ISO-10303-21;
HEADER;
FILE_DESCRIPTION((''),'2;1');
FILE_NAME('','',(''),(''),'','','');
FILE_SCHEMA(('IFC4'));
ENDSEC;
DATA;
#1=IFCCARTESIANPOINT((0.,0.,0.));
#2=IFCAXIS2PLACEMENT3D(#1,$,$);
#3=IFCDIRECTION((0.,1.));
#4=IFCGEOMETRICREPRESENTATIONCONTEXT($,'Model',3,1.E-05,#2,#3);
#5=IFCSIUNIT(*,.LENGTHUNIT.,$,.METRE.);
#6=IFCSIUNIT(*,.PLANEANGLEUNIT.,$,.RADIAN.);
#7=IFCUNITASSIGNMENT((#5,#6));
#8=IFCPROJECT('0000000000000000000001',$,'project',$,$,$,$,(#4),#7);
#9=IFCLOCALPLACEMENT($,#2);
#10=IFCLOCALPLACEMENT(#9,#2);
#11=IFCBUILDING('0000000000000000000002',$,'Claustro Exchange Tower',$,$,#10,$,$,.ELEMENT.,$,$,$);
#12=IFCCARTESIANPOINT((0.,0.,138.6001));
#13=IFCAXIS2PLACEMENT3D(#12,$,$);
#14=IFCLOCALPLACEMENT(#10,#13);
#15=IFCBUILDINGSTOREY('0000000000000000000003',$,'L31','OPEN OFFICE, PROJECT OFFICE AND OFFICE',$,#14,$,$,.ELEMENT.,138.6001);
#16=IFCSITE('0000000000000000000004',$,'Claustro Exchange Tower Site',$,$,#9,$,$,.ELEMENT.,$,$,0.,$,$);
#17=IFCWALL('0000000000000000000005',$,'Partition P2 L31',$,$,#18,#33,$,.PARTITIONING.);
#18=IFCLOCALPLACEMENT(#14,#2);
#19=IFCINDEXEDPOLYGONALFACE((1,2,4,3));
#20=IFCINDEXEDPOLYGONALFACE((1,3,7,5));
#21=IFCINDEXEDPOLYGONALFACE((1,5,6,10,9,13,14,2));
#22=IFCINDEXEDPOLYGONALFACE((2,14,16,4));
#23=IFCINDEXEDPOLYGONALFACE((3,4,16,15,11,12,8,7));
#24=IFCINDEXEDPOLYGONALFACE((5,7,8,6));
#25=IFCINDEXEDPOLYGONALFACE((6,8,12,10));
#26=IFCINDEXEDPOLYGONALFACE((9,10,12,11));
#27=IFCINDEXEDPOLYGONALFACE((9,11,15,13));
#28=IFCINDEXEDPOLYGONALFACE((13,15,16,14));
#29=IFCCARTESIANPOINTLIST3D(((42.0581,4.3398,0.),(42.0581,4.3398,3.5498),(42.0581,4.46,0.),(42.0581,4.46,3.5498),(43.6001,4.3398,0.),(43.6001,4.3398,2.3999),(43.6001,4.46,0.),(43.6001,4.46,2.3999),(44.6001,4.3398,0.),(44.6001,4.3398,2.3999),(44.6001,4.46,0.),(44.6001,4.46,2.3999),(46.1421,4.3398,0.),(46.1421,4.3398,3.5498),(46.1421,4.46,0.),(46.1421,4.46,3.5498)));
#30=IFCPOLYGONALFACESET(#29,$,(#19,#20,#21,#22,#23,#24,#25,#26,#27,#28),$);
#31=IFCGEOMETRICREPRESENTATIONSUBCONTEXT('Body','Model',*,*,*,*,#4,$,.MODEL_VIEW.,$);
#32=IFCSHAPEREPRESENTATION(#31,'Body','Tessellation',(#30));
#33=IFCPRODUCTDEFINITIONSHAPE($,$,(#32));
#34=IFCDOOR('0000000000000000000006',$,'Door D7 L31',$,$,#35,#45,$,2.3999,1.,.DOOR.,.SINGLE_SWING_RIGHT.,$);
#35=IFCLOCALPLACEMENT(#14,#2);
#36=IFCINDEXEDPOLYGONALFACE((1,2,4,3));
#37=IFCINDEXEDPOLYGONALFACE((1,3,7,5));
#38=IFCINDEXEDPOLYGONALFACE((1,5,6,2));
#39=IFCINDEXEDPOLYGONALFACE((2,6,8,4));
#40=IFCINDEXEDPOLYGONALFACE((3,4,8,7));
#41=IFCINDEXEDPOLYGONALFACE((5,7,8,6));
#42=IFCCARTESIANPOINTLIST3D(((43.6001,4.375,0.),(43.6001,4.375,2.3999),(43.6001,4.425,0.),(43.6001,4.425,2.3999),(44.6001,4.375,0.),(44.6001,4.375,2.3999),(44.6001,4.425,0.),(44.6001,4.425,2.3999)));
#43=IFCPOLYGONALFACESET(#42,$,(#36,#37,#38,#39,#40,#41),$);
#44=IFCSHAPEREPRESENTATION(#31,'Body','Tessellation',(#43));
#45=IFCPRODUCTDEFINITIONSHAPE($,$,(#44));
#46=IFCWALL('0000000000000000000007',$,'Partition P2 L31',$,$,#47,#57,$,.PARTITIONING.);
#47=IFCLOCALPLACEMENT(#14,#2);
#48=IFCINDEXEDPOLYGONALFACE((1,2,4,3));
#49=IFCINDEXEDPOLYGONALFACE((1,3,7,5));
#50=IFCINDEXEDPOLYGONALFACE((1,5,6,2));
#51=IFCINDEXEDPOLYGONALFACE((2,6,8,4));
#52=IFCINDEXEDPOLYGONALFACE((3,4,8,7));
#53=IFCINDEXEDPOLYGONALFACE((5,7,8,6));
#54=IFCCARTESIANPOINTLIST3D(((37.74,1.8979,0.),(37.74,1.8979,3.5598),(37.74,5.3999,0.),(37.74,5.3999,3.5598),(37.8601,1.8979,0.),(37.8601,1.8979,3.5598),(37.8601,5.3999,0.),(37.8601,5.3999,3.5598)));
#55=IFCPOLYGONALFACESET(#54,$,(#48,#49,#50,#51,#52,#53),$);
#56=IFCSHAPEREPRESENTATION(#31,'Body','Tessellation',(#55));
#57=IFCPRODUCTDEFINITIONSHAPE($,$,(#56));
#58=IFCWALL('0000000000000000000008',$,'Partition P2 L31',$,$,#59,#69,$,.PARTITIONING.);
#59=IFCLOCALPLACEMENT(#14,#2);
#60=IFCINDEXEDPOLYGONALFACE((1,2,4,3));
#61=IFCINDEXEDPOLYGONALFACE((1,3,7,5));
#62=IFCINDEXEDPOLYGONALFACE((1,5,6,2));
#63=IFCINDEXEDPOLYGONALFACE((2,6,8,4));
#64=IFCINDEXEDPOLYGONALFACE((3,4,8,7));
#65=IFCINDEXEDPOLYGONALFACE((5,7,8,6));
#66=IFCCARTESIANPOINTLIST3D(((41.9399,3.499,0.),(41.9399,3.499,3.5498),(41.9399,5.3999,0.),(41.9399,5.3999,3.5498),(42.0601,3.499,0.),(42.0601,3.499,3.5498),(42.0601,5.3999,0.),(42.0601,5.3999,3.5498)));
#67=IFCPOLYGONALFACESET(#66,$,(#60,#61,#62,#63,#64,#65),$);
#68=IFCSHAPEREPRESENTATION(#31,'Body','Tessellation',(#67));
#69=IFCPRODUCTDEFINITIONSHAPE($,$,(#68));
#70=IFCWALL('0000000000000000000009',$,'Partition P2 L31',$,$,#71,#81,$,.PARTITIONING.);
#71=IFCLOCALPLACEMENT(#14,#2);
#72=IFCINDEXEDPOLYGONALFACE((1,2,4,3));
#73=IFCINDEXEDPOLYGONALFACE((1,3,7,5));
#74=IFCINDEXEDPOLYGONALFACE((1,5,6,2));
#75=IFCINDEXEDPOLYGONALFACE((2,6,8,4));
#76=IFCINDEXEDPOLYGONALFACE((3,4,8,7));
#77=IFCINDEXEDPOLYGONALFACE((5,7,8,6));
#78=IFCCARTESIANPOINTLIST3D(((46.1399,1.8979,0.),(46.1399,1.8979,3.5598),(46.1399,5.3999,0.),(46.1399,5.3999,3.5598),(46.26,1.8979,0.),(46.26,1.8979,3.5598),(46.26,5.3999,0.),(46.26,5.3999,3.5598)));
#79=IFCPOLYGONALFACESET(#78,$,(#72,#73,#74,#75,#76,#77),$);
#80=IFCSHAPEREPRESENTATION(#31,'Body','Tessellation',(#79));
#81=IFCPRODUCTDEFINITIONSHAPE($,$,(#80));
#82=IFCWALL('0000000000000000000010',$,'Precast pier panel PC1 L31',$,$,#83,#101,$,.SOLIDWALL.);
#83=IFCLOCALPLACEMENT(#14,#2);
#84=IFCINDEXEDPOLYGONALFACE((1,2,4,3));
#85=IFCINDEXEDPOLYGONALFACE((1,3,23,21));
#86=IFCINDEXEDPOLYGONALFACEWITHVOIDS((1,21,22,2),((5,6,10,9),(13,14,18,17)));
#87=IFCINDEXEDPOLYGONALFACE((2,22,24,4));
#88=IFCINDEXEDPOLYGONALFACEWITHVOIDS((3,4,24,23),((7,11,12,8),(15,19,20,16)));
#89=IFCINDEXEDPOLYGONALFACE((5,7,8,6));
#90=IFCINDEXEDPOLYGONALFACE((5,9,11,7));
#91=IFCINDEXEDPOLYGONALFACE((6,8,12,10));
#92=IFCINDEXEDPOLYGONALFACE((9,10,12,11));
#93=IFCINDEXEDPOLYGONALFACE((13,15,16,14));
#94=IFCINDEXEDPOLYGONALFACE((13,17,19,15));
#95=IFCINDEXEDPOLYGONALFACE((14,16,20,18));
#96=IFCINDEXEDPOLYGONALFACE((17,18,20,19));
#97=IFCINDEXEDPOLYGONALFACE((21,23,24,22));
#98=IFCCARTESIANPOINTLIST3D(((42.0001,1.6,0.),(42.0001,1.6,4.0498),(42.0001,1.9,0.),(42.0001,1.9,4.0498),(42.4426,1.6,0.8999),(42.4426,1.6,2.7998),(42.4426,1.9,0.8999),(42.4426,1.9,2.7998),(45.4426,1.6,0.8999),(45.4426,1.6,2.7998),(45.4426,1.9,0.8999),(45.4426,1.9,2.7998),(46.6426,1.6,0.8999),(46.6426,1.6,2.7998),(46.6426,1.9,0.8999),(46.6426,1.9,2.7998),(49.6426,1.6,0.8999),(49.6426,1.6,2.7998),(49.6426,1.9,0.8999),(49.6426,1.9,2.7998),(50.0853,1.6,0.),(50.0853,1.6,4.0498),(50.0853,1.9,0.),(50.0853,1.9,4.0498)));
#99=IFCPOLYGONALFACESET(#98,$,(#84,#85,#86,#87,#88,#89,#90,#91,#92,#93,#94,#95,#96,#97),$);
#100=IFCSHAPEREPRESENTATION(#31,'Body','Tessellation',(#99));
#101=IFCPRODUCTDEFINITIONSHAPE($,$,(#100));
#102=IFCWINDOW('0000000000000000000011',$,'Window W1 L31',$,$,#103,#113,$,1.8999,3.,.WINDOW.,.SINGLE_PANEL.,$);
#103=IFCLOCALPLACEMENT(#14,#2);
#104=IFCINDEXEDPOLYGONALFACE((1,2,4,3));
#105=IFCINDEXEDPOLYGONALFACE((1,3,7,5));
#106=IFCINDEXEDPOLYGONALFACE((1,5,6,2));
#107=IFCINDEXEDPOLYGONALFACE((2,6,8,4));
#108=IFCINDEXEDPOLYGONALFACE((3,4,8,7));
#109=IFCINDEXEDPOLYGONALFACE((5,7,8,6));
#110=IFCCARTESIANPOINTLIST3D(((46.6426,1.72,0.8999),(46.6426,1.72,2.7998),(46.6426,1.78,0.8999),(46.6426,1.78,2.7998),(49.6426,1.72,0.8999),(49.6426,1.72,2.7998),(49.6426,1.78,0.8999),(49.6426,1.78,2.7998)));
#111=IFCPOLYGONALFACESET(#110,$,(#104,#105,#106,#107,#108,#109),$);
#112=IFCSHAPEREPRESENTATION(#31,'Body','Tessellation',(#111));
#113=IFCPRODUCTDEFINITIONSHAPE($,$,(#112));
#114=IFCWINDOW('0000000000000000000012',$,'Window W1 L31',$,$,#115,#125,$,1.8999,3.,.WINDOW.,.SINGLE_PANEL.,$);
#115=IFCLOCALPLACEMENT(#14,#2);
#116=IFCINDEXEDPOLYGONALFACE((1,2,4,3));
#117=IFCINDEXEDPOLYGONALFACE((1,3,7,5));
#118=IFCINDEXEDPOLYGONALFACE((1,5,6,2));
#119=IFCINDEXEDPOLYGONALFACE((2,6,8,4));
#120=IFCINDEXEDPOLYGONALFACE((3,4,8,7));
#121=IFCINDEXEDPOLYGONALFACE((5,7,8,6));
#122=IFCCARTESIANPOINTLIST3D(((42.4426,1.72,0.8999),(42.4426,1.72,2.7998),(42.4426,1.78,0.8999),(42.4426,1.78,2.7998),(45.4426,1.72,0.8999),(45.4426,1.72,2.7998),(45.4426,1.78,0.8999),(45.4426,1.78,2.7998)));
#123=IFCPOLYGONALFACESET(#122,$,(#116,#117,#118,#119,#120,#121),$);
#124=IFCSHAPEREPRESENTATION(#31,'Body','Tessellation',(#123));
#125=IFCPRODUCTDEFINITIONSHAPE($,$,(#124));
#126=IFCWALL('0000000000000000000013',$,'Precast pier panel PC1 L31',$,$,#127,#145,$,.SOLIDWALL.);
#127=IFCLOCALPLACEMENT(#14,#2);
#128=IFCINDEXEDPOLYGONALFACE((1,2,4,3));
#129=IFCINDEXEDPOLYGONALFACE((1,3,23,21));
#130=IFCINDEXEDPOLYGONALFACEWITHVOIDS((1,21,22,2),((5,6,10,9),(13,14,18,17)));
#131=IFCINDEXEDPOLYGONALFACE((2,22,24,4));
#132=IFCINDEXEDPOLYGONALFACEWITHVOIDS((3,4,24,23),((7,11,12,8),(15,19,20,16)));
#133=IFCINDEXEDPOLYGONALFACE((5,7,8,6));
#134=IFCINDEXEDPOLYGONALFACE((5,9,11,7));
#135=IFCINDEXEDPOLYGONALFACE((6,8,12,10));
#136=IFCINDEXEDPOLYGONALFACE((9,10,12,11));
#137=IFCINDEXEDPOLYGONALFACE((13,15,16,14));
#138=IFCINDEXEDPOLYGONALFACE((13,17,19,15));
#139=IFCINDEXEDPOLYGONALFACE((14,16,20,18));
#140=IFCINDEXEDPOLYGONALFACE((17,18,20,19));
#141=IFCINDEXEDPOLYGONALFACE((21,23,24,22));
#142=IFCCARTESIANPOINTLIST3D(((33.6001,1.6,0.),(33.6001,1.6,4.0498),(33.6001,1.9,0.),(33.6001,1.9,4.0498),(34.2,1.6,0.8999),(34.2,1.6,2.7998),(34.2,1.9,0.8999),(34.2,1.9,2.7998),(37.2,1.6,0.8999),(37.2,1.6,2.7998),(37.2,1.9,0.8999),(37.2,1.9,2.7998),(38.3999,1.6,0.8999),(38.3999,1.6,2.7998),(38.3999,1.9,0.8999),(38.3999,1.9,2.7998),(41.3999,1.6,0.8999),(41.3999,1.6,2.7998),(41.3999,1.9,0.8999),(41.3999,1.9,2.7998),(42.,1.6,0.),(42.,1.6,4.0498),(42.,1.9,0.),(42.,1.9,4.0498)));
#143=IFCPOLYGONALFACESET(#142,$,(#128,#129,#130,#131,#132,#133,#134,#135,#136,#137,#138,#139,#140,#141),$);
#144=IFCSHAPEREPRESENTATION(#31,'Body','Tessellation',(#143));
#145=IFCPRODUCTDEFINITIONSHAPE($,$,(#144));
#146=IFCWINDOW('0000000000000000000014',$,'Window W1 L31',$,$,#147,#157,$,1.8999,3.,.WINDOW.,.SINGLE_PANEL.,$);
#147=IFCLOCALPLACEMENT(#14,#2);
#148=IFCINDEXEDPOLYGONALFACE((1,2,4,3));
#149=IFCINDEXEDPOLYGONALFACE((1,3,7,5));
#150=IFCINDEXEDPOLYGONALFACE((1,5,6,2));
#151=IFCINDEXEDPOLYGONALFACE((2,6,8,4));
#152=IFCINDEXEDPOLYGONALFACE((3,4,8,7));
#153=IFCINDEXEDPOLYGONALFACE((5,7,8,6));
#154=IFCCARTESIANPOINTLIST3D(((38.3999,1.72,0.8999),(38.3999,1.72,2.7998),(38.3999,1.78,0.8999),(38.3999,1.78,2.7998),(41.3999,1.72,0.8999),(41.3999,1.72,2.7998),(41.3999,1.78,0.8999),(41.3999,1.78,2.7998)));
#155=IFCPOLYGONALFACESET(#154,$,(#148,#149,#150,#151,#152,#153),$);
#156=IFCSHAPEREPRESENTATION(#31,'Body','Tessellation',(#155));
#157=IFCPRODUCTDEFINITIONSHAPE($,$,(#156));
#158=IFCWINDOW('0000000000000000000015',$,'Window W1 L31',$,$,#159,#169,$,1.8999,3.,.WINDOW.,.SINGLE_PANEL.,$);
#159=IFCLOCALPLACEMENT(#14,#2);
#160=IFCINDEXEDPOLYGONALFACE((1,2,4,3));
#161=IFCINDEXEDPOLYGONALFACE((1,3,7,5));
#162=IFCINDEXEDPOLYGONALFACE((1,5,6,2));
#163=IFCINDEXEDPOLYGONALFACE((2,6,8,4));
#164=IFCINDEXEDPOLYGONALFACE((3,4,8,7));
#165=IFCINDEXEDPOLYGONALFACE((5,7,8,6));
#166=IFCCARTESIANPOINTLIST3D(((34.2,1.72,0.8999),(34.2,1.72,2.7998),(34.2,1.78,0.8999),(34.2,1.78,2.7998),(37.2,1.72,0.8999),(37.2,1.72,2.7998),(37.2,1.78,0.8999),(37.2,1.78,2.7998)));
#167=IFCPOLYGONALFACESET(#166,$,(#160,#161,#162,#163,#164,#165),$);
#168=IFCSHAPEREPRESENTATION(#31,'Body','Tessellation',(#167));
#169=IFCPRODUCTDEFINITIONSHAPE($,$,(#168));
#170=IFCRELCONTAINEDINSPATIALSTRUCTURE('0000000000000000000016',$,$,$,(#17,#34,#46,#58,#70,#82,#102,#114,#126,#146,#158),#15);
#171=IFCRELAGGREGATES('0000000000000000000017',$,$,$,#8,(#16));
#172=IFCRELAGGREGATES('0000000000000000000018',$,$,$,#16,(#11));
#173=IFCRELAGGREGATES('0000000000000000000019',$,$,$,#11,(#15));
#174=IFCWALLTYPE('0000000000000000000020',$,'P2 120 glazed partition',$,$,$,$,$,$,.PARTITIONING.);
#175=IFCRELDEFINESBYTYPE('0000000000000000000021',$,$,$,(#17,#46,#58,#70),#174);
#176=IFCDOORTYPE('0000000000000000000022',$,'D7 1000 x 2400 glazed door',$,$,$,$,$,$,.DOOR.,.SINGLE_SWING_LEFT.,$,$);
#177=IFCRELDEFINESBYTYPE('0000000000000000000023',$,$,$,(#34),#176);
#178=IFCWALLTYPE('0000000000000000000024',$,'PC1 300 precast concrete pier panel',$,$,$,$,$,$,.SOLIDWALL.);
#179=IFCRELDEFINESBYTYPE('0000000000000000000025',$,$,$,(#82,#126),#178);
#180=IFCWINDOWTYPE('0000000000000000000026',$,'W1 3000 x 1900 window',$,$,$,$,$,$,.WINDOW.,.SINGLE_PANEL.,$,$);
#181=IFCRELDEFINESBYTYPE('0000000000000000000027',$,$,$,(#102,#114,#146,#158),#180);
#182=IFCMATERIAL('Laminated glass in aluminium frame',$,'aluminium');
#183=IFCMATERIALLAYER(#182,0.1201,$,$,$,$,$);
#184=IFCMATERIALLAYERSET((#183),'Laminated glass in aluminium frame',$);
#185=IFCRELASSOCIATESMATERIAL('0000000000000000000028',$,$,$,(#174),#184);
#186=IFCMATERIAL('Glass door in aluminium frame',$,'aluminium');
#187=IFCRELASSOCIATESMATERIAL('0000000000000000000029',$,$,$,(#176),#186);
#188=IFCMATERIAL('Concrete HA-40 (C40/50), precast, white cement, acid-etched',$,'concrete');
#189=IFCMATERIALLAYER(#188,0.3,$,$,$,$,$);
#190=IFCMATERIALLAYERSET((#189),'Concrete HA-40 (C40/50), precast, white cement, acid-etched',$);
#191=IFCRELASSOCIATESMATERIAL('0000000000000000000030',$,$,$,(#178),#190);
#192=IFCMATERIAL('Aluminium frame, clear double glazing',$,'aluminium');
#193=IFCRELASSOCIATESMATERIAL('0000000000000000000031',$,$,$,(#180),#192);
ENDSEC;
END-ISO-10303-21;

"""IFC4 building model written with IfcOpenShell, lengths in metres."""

from ifc_helpers import new_model, si_unit, direction, frame, frame_2d, origin, place, context, subcontext, project, spatial, rectangle, extrude, material, layer, layer_set, type_object, element, fill, save


model = new_model("IFC4")

# Units and contexts
model_context = context("Model", 3, precision=1e-05, world=origin(), true_north=direction((0.0, 1.0)))
body_context = subcontext(model_context, "Body", "Model", "MODEL_VIEW")
ifc_project = project(units=[si_unit("LENGTHUNIT", "METRE"), si_unit("PLANEANGLEUNIT", "RADIAN")], contexts=[model_context])

# Site, building, storey
site_placement = place(None, origin())
site = spatial("IfcSite", under=ifc_project, at=site_placement, Name="Claustro Exchange Tower Site", CompositionType="ELEMENT", RefElevation=0.0)
building_placement = place(site_placement, origin())
building = spatial("IfcBuilding", under=site, at=building_placement, Name="Claustro Exchange Tower", CompositionType="ELEMENT")
storey_placement = place(building_placement, frame((0.0, 0.0, 138.6001)))
storey = spatial("IfcBuildingStorey", under=building, at=storey_placement, Name="L31", Description="OPEN OFFICE, PROJECT OFFICE AND OFFICE", CompositionType="ELEMENT", Elevation=138.6001)

# Wall, opening, door
ifc_material_1 = material(Name="Laminated glass in aluminium frame", Category="aluminium")
ifc_layer_1 = layer(ifc_material_1, 0.1201)
ifc_layer_set_1 = layer_set([ifc_layer_1], Name="Laminated glass in aluminium frame")
wall_type_1 = type_object("IfcWallType", Name="P2 120 glazed partition", PredefinedType="PARTITIONING", material=ifc_layer_set_1)
ifc_material_2 = material(Name="Glass door in aluminium frame", Category="aluminium")
door_type = type_object("IfcDoorType", Name="D7 1000 x 2400 glazed door", OperationType="SINGLE_SWING_LEFT", PredefinedType="DOOR", material=ifc_material_2)
wall_1_placement = place(storey_placement, frame((42.0581, 4.3999, 0.0), z_axis=(0.0, 0.0, 1.0), x_axis=(1.0, 0.0, 0.0)))
wall_1 = element("IfcWall", 1, at=wall_1_placement, inside=storey, type_object=wall_type_1, Name="Partition P2 L31", PredefinedType="PARTITIONING", context=body_context, shape_type="SweptSolid", body=[
    extrude(rectangle(XDim=4.084, YDim=0.1201, at=frame_2d((2.042, 0.0))), origin(), (0.0, 0.0, 1.0), 3.5498),
])
opening_1_placement = place(wall_1_placement, frame((1.542, 0.0, 0.0)))
opening_1 = element("IfcOpeningElement", 2, at=opening_1_placement, cuts=wall_1, PredefinedType="OPENING", context=body_context, shape_type="SweptSolid", body=[
    extrude(rectangle(XDim=1.0, YDim=2.3999, at=frame_2d((0.5, 1.2))), frame((0.0, 0.0701, 0.0), z_axis=(0.0, -1.0, 0.0), x_axis=(1.0, 0.0, 0.0)), (0.0, 0.0, 1.0), 0.1401),
])
door_1_placement = place(opening_1_placement, frame((1.0, 0.0, 0.0), z_axis=(0.0, 0.0, 1.0), x_axis=(-1.0, 0.0, 0.0)))
door_1 = element("IfcDoor", 3, at=door_1_placement, inside=storey, type_object=door_type, Name="Door D7 L31", OperationType="SINGLE_SWING_RIGHT", OverallHeight=2.3999, OverallWidth=1.0, PredefinedType="DOOR", context=body_context, shape_type="SweptSolid", body=[
    extrude(rectangle(XDim=1.0, YDim=2.3999, at=frame_2d((0.5, 1.2))), frame((0.0, 0.0249, 0.0), z_axis=(0.0, -1.0, 0.0), x_axis=(1.0, 0.0, 0.0)), (0.0, 0.0, 1.0), 0.05),
])
fill(opening_1, door_1)

# Walls
wall_2_placement = place(storey_placement, frame((37.8, 1.8979, 0.0), z_axis=(0.0, 0.0, 1.0), x_axis=(0.0, 1.0, 0.0)))
element("IfcWall", 4, at=wall_2_placement, inside=storey, type_object=wall_type_1, Name="Partition P2 L31", PredefinedType="PARTITIONING", context=body_context, shape_type="SweptSolid", body=[
    extrude(rectangle(XDim=3.502, YDim=0.1201, at=frame_2d((1.751, 0.0))), origin(), (0.0, 0.0, 1.0), 3.5598),
])
wall_3_placement = place(storey_placement, frame((42.0, 3.499, 0.0), z_axis=(0.0, 0.0, 1.0), x_axis=(0.0, 1.0, 0.0)))
element("IfcWall", 5, at=wall_3_placement, inside=storey, type_object=wall_type_1, Name="Partition P2 L31", PredefinedType="PARTITIONING", context=body_context, shape_type="SweptSolid", body=[
    extrude(rectangle(XDim=1.9009, YDim=0.1201, at=frame_2d((0.9504, 0.0))), origin(), (0.0, 0.0, 1.0), 3.5498),
])
wall_4_placement = place(storey_placement, frame((46.2, 1.8979, 0.0), z_axis=(0.0, 0.0, 1.0), x_axis=(0.0, 1.0, 0.0)))
element("IfcWall", 6, at=wall_4_placement, inside=storey, type_object=wall_type_1, Name="Partition P2 L31", PredefinedType="PARTITIONING", context=body_context, shape_type="SweptSolid", body=[
    extrude(rectangle(XDim=3.502, YDim=0.1201, at=frame_2d((1.751, 0.0))), origin(), (0.0, 0.0, 1.0), 3.5598),
])

# Walls, openings, windows
ifc_material_3 = material(Name="Concrete HA-40 (C40/50), precast, white cement, acid-etched", Category="concrete")
ifc_layer_2 = layer(ifc_material_3, 0.3)
ifc_layer_set_2 = layer_set([ifc_layer_2], Name="Concrete HA-40 (C40/50), precast, white cement, acid-etched")
wall_type_2 = type_object("IfcWallType", Name="PC1 300 precast concrete pier panel", PredefinedType="SOLIDWALL", material=ifc_layer_set_2)
wall_5_placement = place(storey_placement, frame((50.0852, 1.75, 0.0), z_axis=(0.0, 0.0, 1.0), x_axis=(-1.0, 0.0, 0.0)))
wall_5 = element("IfcWall", 7, at=wall_5_placement, inside=storey, type_object=wall_type_2, Name="Precast pier panel PC1 L31", PredefinedType="SOLIDWALL", context=body_context, shape_type="SweptSolid", body=[
    extrude(rectangle(XDim=8.0852, YDim=0.3, at=frame_2d((4.0425, 0.0))), origin(), (0.0, 0.0, 1.0), 4.0498),
])
opening_2_placement = place(wall_5_placement, frame((0.4426, 0.0, 0.8999)))
opening_2 = element("IfcOpeningElement", 8, at=opening_2_placement, cuts=wall_5, PredefinedType="OPENING", context=body_context, shape_type="SweptSolid", body=[
    extrude(rectangle(XDim=3.0, YDim=1.8999, at=frame_2d((1.5, 0.95))), frame((0.0, 0.1599, 0.0), z_axis=(0.0, -1.0, 0.0), x_axis=(1.0, 0.0, 0.0)), (0.0, 0.0, 1.0), 0.3201),
])
opening_3_placement = place(wall_5_placement, frame((4.6426, 0.0, 0.8999)))
opening_3 = element("IfcOpeningElement", 9, at=opening_3_placement, cuts=wall_5, PredefinedType="OPENING", context=body_context, shape_type="SweptSolid", body=[
    extrude(rectangle(XDim=3.0, YDim=1.8999, at=frame_2d((1.5, 0.95))), frame((0.0, 0.1599, 0.0), z_axis=(0.0, -1.0, 0.0), x_axis=(1.0, 0.0, 0.0)), (0.0, 0.0, 1.0), 0.3201),
])
ifc_material_4 = material(Name="Aluminium frame, clear double glazing", Category="aluminium")
window_type = type_object("IfcWindowType", Name="W1 3000 x 1900 window", PartitioningType="SINGLE_PANEL", PredefinedType="WINDOW", material=ifc_material_4)
window_1_placement = place(opening_2_placement, origin())
window_1 = element("IfcWindow", 10, at=window_1_placement, inside=storey, type_object=window_type, Name="Window W1 L31", OverallHeight=1.8999, OverallWidth=3.0, PartitioningType="SINGLE_PANEL", PredefinedType="WINDOW", context=body_context, shape_type="SweptSolid", body=[
    extrude(rectangle(XDim=3.0, YDim=1.8999, at=frame_2d((1.5, 0.95))), frame((0.0, 0.03, 0.0), z_axis=(0.0, -1.0, 0.0), x_axis=(1.0, 0.0, 0.0)), (0.0, 0.0, 1.0), 0.0601),
])
fill(opening_2, window_1)
window_2_placement = place(opening_3_placement, origin())
window_2 = element("IfcWindow", 11, at=window_2_placement, inside=storey, type_object=window_type, Name="Window W1 L31", OverallHeight=1.8999, OverallWidth=3.0, PartitioningType="SINGLE_PANEL", PredefinedType="WINDOW", context=body_context, shape_type="SweptSolid", body=[
    extrude(rectangle(XDim=3.0, YDim=1.8999, at=frame_2d((1.5, 0.95))), frame((0.0, 0.03, 0.0), z_axis=(0.0, -1.0, 0.0), x_axis=(1.0, 0.0, 0.0)), (0.0, 0.0, 1.0), 0.0601),
])
fill(opening_3, window_2)
wall_6_placement = place(storey_placement, frame((42.0, 1.75, 0.0), z_axis=(0.0, 0.0, 1.0), x_axis=(-1.0, 0.0, 0.0)))
wall_6 = element("IfcWall", 12, at=wall_6_placement, inside=storey, type_object=wall_type_2, Name="Precast pier panel PC1 L31", PredefinedType="SOLIDWALL", context=body_context, shape_type="SweptSolid", body=[
    extrude(rectangle(XDim=8.3999, YDim=0.3, at=frame_2d((4.2, 0.0))), origin(), (0.0, 0.0, 1.0), 4.0498),
])
opening_4_placement = place(wall_6_placement, frame((0.6001, 0.0, 0.8999)))
opening_4 = element("IfcOpeningElement", 13, at=opening_4_placement, cuts=wall_6, PredefinedType="OPENING", context=body_context, shape_type="SweptSolid", body=[
    extrude(rectangle(XDim=3.0, YDim=1.8999, at=frame_2d((1.5, 0.95))), frame((0.0, 0.1599, 0.0), z_axis=(0.0, -1.0, 0.0), x_axis=(1.0, 0.0, 0.0)), (0.0, 0.0, 1.0), 0.3201),
])
opening_5_placement = place(wall_6_placement, frame((4.8, 0.0, 0.8999)))
opening_5 = element("IfcOpeningElement", 14, at=opening_5_placement, cuts=wall_6, PredefinedType="OPENING", context=body_context, shape_type="SweptSolid", body=[
    extrude(rectangle(XDim=3.0, YDim=1.8999, at=frame_2d((1.5, 0.95))), frame((0.0, 0.1599, 0.0), z_axis=(0.0, -1.0, 0.0), x_axis=(1.0, 0.0, 0.0)), (0.0, 0.0, 1.0), 0.3201),
])
window_3_placement = place(opening_4_placement, origin())
window_3 = element("IfcWindow", 15, at=window_3_placement, inside=storey, type_object=window_type, Name="Window W1 L31", OverallHeight=1.8999, OverallWidth=3.0, PartitioningType="SINGLE_PANEL", PredefinedType="WINDOW", context=body_context, shape_type="SweptSolid", body=[
    extrude(rectangle(XDim=3.0, YDim=1.8999, at=frame_2d((1.5, 0.95))), frame((0.0, 0.03, 0.0), z_axis=(0.0, -1.0, 0.0), x_axis=(1.0, 0.0, 0.0)), (0.0, 0.0, 1.0), 0.0601),
])
fill(opening_4, window_3)
window_4_placement = place(opening_5_placement, origin())
window_4 = element("IfcWindow", 16, at=window_4_placement, inside=storey, type_object=window_type, Name="Window W1 L31", OverallHeight=1.8999, OverallWidth=3.0, PartitioningType="SINGLE_PANEL", PredefinedType="WINDOW", context=body_context, shape_type="SweptSolid", body=[
    extrude(rectangle(XDim=3.0, YDim=1.8999, at=frame_2d((1.5, 0.95))), frame((0.0, 0.03, 0.0), z_axis=(0.0, -1.0, 0.0), x_axis=(1.0, 0.0, 0.0)), (0.0, 0.0, 1.0), 0.0601),
])
fill(opening_5, window_4)

save(model, "model.ifc")
